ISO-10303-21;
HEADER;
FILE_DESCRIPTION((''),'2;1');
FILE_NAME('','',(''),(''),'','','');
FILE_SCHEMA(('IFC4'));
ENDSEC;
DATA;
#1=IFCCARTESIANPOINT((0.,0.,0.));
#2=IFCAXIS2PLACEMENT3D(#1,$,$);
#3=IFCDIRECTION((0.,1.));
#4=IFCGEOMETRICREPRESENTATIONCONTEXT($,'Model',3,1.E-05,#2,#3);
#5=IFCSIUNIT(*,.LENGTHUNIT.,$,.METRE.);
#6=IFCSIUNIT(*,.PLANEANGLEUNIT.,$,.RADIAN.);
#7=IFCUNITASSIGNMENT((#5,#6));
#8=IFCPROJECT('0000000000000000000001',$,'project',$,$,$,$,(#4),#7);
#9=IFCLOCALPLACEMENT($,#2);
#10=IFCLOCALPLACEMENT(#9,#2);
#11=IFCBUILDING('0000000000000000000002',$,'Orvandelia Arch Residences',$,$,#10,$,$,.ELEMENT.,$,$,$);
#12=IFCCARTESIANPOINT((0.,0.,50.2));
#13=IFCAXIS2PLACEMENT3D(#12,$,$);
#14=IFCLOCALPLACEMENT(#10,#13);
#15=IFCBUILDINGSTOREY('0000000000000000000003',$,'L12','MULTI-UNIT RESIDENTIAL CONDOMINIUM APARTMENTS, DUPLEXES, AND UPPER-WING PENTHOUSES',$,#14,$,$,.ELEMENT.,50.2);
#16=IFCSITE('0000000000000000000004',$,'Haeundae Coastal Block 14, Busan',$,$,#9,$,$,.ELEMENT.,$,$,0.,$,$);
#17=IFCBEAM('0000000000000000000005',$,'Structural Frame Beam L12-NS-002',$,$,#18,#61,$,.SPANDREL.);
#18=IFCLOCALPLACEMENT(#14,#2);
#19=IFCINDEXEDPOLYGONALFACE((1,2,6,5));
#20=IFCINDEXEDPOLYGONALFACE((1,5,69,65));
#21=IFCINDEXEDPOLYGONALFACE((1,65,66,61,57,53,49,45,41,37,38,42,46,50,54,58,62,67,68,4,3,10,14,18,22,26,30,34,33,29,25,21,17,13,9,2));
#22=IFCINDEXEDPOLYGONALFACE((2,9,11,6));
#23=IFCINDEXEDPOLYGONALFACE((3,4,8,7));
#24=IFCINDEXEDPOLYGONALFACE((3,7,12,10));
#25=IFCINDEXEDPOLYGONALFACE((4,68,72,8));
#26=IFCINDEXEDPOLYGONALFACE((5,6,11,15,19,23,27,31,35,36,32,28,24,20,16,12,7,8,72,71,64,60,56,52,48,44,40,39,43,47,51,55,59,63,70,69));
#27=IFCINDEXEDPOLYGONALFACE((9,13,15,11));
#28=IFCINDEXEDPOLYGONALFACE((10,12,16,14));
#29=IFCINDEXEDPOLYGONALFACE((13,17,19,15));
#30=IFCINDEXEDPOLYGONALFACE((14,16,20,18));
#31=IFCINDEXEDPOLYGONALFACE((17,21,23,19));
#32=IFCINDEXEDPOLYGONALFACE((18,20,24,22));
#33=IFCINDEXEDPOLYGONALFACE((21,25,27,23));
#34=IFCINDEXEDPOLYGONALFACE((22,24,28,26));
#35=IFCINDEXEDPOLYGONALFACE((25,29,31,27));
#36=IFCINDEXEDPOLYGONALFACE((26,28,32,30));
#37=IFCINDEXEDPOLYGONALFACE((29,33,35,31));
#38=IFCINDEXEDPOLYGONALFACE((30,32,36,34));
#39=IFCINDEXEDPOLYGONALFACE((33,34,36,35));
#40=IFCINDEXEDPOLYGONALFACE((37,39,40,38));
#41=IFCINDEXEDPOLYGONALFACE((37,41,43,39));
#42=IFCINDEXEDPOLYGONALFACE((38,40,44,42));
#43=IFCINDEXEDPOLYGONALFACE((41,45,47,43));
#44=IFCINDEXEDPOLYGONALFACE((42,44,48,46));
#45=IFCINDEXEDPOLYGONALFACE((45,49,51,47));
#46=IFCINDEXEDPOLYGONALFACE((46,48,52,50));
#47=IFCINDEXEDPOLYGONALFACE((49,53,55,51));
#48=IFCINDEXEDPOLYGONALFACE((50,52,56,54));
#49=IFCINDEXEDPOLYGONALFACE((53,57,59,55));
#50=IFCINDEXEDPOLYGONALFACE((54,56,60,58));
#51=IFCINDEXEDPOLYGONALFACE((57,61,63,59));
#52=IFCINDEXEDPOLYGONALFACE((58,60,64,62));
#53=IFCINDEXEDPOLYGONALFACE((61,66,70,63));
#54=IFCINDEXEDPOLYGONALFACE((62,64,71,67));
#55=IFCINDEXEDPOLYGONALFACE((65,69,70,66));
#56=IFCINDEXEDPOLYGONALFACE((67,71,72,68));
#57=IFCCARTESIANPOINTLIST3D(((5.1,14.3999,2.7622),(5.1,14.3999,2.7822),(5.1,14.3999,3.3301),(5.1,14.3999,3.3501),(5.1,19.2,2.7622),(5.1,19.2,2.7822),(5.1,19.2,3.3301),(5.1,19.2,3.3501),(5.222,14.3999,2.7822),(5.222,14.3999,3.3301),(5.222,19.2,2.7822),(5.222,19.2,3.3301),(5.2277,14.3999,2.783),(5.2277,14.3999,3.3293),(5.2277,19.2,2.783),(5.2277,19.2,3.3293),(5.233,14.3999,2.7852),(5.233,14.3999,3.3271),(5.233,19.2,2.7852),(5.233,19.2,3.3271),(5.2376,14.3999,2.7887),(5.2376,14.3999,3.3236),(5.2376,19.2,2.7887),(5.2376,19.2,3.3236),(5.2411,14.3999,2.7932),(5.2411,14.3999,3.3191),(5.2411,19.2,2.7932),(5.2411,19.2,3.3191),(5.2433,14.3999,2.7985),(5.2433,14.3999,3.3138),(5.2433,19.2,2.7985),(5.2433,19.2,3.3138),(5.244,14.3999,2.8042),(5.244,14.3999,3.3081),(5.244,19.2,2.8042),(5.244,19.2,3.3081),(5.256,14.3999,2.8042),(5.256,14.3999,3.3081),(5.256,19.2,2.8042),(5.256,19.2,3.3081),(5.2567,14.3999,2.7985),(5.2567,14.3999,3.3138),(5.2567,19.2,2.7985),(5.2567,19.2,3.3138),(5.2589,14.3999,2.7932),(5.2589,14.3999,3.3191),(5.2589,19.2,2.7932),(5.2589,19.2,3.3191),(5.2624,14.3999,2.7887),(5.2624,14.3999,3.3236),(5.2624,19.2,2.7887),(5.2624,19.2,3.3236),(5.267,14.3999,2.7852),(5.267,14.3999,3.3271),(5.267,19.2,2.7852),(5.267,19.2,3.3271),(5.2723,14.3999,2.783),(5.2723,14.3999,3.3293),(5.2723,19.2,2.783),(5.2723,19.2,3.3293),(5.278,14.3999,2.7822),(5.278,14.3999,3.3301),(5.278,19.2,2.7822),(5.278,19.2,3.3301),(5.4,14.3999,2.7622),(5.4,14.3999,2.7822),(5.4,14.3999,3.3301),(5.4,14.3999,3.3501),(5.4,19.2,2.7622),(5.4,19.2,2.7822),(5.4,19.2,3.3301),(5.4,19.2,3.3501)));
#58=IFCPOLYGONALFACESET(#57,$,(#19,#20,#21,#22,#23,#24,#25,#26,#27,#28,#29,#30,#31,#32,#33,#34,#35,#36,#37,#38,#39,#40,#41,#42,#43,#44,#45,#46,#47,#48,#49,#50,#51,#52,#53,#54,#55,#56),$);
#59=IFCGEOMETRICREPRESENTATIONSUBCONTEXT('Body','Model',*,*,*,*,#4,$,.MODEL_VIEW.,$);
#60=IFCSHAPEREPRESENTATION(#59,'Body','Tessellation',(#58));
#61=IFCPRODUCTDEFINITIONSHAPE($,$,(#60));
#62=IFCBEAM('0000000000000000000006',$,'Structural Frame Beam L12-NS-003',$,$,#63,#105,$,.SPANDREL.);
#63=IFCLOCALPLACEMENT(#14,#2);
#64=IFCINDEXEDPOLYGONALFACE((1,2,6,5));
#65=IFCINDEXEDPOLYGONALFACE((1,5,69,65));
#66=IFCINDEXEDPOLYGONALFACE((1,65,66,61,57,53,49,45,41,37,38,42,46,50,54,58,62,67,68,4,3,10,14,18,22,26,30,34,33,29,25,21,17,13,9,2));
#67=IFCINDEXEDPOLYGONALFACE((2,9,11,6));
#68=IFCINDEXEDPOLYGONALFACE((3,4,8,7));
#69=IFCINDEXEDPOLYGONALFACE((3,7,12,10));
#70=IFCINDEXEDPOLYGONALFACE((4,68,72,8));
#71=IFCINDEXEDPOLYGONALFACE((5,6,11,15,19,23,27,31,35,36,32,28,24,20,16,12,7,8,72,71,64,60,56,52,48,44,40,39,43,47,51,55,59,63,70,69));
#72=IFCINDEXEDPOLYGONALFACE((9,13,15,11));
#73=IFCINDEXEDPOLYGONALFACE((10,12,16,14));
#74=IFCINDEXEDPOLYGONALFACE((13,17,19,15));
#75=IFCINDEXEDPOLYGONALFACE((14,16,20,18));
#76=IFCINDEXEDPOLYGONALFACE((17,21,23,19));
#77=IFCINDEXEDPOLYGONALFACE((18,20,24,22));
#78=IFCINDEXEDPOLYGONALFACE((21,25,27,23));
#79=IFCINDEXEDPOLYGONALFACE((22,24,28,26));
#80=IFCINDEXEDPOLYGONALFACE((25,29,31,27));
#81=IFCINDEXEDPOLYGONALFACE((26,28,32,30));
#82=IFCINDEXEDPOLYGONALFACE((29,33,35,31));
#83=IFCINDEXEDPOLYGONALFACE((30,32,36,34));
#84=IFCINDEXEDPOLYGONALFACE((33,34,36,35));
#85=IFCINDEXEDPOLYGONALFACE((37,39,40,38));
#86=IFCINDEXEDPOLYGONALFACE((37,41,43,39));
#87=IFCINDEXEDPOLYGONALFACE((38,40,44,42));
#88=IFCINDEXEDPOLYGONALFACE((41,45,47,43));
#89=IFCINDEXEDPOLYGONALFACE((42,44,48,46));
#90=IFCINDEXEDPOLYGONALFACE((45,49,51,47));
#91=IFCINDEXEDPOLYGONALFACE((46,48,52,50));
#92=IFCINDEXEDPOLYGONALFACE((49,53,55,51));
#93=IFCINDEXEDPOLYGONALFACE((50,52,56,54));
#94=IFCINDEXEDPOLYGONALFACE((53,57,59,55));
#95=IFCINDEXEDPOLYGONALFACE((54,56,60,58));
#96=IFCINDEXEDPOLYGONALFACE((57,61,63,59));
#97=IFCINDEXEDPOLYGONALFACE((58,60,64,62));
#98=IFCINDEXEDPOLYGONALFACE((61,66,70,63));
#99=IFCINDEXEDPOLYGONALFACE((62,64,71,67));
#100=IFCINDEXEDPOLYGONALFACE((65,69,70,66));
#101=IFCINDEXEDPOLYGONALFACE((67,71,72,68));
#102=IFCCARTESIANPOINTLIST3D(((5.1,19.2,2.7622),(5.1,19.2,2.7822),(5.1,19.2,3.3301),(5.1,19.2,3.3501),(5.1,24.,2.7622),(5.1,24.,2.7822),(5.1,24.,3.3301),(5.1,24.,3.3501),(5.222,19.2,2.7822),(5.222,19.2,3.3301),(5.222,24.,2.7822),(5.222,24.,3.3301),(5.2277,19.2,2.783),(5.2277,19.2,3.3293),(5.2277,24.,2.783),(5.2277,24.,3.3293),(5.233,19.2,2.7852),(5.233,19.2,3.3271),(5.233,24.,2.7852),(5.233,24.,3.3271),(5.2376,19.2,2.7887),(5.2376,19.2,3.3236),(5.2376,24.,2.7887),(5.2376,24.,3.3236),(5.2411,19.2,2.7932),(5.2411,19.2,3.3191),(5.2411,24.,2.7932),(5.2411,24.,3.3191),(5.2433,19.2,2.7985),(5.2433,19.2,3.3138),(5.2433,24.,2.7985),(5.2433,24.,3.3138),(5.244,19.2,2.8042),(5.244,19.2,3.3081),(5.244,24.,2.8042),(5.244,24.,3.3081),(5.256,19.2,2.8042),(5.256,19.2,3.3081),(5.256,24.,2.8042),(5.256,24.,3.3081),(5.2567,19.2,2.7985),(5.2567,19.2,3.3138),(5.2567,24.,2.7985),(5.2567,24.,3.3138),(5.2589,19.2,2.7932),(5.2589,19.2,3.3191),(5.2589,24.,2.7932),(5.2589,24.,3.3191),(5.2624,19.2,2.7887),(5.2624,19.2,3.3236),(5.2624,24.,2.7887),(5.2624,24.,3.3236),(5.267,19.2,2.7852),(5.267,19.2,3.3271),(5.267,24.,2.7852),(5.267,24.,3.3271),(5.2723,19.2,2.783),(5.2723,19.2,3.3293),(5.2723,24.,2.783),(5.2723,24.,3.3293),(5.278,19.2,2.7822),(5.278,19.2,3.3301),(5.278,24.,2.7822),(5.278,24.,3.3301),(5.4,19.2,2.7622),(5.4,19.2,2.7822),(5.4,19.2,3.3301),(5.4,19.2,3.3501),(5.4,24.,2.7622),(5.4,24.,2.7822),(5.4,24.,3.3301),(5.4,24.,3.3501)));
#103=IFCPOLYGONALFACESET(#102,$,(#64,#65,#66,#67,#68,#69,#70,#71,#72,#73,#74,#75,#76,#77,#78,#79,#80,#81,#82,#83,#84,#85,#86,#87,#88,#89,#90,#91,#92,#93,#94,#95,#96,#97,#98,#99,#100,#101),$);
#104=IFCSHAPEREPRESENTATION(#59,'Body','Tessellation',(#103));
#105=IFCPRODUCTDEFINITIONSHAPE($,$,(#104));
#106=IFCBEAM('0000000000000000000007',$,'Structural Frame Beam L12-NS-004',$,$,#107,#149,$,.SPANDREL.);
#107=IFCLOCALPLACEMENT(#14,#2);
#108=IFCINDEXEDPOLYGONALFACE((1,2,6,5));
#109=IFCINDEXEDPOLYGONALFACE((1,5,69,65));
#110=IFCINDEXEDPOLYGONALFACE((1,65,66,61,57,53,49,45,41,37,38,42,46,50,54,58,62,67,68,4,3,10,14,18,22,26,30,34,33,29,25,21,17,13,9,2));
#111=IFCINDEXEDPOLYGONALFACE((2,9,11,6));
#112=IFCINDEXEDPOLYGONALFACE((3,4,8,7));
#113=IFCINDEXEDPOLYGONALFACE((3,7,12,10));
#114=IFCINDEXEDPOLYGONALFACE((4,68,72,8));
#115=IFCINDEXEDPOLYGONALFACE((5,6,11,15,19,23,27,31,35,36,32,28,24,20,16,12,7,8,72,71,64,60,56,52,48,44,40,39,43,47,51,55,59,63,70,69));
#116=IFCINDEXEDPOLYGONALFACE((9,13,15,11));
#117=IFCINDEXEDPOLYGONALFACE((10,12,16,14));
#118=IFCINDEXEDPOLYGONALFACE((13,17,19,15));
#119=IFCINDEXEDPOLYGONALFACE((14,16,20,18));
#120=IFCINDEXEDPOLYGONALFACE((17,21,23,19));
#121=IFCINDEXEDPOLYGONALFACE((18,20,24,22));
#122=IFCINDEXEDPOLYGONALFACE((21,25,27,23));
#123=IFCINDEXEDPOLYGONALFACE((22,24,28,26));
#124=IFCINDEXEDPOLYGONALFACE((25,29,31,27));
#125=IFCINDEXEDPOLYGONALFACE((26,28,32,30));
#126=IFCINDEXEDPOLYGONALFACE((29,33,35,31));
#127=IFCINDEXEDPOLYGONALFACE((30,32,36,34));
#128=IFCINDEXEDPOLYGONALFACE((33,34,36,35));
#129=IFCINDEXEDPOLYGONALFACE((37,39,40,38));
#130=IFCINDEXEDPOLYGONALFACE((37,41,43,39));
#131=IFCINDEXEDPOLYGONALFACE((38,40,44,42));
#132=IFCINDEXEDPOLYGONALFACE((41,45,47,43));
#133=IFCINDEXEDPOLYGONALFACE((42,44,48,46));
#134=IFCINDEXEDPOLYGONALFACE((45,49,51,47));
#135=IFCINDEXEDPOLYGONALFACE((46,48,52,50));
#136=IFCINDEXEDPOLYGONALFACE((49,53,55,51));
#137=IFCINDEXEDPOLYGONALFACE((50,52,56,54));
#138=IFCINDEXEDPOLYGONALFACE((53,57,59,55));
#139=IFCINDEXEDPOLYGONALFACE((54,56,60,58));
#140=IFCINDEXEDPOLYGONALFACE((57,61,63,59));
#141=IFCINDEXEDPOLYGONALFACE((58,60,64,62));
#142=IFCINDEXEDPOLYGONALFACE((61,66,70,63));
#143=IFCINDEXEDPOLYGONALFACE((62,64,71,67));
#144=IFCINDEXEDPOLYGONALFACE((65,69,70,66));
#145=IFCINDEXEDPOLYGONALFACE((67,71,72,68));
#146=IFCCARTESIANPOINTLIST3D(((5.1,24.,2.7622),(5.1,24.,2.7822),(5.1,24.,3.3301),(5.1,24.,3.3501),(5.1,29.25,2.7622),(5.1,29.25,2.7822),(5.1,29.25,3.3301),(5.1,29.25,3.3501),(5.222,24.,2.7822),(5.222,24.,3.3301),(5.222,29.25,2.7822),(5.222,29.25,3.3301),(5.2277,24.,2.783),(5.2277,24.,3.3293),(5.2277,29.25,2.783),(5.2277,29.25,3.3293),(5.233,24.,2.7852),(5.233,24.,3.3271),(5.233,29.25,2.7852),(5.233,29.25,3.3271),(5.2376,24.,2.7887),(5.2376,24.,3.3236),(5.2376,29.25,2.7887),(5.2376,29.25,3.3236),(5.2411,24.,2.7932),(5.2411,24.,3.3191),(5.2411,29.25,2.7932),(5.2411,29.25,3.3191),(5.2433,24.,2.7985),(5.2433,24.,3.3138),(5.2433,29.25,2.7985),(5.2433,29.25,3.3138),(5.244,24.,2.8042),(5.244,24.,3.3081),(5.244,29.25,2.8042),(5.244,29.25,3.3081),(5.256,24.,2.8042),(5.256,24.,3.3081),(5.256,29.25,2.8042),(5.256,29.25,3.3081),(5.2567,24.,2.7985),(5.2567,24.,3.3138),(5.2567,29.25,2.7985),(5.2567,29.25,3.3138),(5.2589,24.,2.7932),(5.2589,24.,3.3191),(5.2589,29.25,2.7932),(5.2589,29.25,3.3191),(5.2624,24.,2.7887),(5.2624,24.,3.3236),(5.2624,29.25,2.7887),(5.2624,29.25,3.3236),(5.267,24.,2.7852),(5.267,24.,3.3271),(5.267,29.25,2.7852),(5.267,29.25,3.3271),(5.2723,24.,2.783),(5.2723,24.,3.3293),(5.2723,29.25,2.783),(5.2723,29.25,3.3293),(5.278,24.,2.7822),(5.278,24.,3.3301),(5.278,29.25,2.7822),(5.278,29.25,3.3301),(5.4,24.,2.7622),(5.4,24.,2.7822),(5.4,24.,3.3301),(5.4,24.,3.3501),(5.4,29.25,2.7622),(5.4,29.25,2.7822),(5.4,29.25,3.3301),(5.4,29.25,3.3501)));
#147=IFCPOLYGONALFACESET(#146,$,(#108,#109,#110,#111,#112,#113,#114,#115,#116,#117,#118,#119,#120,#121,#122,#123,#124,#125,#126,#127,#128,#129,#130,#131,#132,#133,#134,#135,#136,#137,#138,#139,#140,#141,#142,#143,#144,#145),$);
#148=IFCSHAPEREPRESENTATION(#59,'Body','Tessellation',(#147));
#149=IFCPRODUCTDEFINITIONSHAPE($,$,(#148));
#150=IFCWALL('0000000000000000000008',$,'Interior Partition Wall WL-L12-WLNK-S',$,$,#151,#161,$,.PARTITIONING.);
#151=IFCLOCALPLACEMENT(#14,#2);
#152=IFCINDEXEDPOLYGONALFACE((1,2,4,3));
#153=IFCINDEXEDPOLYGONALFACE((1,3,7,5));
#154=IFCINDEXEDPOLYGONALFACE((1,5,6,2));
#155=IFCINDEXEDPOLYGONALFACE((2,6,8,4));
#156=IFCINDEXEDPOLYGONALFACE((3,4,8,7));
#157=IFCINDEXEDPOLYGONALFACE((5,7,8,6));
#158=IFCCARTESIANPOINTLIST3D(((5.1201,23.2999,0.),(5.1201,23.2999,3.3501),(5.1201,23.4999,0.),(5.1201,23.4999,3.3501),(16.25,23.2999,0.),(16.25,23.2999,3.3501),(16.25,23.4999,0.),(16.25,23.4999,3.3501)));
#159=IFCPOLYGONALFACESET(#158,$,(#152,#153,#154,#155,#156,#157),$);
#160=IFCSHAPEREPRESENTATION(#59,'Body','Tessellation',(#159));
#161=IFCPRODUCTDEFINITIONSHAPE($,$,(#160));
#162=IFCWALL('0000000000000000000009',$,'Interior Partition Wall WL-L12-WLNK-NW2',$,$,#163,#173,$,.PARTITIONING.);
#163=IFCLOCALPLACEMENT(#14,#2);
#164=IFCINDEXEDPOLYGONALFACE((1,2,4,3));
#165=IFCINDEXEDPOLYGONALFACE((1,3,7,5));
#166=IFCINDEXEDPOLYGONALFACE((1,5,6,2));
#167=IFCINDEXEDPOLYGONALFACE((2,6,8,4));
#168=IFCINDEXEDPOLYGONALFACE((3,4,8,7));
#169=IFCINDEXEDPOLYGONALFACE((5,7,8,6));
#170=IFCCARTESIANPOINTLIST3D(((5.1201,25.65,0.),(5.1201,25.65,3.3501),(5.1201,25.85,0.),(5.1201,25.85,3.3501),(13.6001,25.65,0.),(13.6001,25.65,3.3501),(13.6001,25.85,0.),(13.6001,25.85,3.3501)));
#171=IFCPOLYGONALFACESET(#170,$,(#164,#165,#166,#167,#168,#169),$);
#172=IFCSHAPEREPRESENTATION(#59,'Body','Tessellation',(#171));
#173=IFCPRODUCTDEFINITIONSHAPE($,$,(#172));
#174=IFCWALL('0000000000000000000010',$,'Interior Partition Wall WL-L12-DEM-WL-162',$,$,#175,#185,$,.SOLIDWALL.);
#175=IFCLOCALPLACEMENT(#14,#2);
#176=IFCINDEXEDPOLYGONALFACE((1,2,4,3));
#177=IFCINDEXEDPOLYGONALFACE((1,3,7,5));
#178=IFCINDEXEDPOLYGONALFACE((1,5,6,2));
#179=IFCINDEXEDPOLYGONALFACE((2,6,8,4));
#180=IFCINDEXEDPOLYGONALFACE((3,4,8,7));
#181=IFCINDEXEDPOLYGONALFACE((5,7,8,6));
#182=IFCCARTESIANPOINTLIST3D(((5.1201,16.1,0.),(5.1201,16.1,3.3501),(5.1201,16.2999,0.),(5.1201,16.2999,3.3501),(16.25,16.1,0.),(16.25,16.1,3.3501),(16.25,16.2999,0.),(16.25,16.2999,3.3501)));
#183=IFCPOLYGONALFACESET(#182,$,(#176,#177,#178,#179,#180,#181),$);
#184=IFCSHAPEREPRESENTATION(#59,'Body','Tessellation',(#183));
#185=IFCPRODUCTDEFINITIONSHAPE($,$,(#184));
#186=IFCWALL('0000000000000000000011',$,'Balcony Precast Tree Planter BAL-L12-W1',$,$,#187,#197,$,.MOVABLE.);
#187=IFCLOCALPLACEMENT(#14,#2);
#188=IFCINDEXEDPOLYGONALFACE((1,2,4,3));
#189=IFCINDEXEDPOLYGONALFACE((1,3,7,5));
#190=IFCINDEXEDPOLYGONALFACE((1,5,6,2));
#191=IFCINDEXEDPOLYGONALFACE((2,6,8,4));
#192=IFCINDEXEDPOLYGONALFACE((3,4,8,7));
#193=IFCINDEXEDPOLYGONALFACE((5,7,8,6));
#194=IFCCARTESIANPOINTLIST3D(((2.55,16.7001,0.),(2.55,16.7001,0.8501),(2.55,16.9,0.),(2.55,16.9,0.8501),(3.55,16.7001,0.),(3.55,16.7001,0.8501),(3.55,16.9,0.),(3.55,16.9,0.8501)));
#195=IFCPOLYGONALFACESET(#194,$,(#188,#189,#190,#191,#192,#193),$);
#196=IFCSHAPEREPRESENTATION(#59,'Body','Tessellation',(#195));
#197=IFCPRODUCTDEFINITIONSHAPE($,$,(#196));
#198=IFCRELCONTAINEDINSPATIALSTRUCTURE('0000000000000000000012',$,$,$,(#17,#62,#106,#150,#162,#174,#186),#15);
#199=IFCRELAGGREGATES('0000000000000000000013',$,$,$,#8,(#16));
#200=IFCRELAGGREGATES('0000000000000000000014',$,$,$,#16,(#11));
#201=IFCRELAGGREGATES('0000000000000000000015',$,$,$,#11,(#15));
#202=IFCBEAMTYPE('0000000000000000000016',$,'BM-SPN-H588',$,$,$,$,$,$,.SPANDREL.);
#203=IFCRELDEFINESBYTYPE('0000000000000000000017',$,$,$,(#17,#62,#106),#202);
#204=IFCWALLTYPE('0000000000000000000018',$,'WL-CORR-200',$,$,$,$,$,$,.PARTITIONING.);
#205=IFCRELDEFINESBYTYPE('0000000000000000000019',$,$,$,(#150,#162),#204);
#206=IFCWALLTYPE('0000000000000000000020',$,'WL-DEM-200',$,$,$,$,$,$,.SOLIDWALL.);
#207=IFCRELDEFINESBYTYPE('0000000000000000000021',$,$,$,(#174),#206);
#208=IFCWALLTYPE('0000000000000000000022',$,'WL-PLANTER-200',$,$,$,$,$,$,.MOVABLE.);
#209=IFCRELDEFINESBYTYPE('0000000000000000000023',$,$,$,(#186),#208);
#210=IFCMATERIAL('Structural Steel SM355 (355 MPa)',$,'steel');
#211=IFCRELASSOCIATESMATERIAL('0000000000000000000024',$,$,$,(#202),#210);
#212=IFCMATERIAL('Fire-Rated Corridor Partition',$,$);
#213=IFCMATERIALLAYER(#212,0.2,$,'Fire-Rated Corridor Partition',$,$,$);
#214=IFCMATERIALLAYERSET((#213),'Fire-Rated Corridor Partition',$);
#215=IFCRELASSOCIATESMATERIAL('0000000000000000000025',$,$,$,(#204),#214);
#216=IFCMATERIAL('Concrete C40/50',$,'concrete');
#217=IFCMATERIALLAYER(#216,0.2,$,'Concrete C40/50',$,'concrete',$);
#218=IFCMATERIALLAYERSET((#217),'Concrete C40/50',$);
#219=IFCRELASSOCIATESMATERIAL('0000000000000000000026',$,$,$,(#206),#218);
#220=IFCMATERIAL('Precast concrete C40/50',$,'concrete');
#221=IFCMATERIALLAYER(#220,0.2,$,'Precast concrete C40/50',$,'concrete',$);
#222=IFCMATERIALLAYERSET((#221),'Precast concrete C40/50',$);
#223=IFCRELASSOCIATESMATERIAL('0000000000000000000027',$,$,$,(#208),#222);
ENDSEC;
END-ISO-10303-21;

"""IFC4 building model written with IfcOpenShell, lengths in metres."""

from ifc_helpers import new_model, si_unit, direction, frame, frame_2d, origin, origin_2d, place, context, subcontext, project, spatial, rectangle, i_section, extrude, material, layer, layer_set, material_profile, profile_set, type_object, element, save


model = new_model("IFC4")

# Units and contexts
model_context = context("Model", 3, precision=1e-05, world=origin(), true_north=direction((0.0, 1.0)))
body_context = subcontext(model_context, "Body", "Model", "MODEL_VIEW")
ifc_project = project(units=[si_unit("LENGTHUNIT", "METRE"), si_unit("PLANEANGLEUNIT", "RADIAN")], contexts=[model_context])

# Site, building, storey
site_placement = place(None, origin())
site = spatial("IfcSite", under=ifc_project, at=site_placement, Name="Haeundae Coastal Block 14, Busan", CompositionType="ELEMENT", RefElevation=0.0)
building_placement = place(site_placement, origin())
building = spatial("IfcBuilding", under=site, at=building_placement, Name="Orvandelia Arch Residences", CompositionType="ELEMENT")
storey_placement = place(building_placement, frame((0.0, 0.0, 50.2)))
storey = spatial("IfcBuildingStorey", under=building, at=storey_placement, Name="L12", Description="MULTI-UNIT RESIDENTIAL CONDOMINIUM APARTMENTS, DUPLEXES, AND UPPER-WING PENTHOUSES", CompositionType="ELEMENT", Elevation=50.2)

# Beams
ifc_material_1 = material(Name="Structural Steel SM355 (355 MPa)", Category="steel")
ifc_material_profile_1 = material_profile(ifc_material_1, i_section(OverallWidth=0.3, OverallDepth=0.5879, WebThickness=0.012, FlangeThickness=0.02, FilletRadius=0.022, at=origin_2d()), Name="Structural Steel SM355 (355 MPa)", Category="steel")
ifc_profile_set_1 = profile_set([ifc_material_profile_1], Name="Structural Steel SM355 (355 MPa)")
beam_type_1 = type_object("IfcBeamType", Name="BM-SPN-H588", PredefinedType="SPANDREL", material=ifc_profile_set_1)
for number, where, z_axis, x_axis, name in (
    (1, (5.25, 14.3999, 3.0562), (0.0, 1.0, 0.0), (-1.0, 0.0, 0.0), "Structural Frame Beam L12-NS-002"),
    (2, (5.25, 19.2, 3.0562), (0.0, 1.0, 0.0), (-1.0, 0.0, 0.0), "Structural Frame Beam L12-NS-003"),
):
    element("IfcBeam", number, at=place(storey_placement, frame(where, z_axis=z_axis, x_axis=x_axis)), inside=storey, type_object=beam_type_1, Name=name, PredefinedType="SPANDREL", context=body_context, shape_type="SweptSolid", body=[
        extrude(i_section(OverallWidth=0.3, OverallDepth=0.5879, WebThickness=0.012, FlangeThickness=0.02, FilletRadius=0.022, at=origin_2d()), origin(), (0.0, 0.0, 1.0), 4.8),
    ])
beam_placement = place(storey_placement, frame((5.25, 24.0, 3.0562), z_axis=(0.0, 1.0, 0.0), x_axis=(-1.0, 0.0, 0.0)))
element("IfcBeam", 3, at=beam_placement, inside=storey, type_object=beam_type_1, Name="Structural Frame Beam L12-NS-004", PredefinedType="SPANDREL", context=body_context, shape_type="SweptSolid", body=[
    extrude(i_section(OverallWidth=0.3, OverallDepth=0.5879, WebThickness=0.012, FlangeThickness=0.02, FilletRadius=0.022, at=origin_2d()), origin(), (0.0, 0.0, 1.0), 5.25),
])

# Walls
ifc_material_2 = material(Name="Fire-Rated Corridor Partition")
ifc_layer_1 = layer(ifc_material_2, 0.2, Name="Fire-Rated Corridor Partition")
ifc_layer_set_1 = layer_set([ifc_layer_1], Name="Fire-Rated Corridor Partition")
wall_type_1 = type_object("IfcWallType", Name="WL-CORR-200", PredefinedType="PARTITIONING", material=ifc_layer_set_1)
wall_1_placement = place(storey_placement, frame((5.1201, 23.3999, 0.0), z_axis=(0.0, 0.0, 1.0), x_axis=(1.0, 0.0, 0.0)))
element("IfcWall", 4, at=wall_1_placement, inside=storey, type_object=wall_type_1, Name="Interior Partition Wall WL-L12-WLNK-S", PredefinedType="PARTITIONING", context=body_context, shape_type="SweptSolid", body=[
    extrude(rectangle(XDim=11.1299, YDim=0.2, at=frame_2d((5.5649, 0.0))), origin(), (0.0, 0.0, 1.0), 3.3501),
])
wall_2_placement = place(storey_placement, frame((5.1201, 25.75, 0.0), z_axis=(0.0, 0.0, 1.0), x_axis=(1.0, 0.0, 0.0)))
element("IfcWall", 5, at=wall_2_placement, inside=storey, type_object=wall_type_1, Name="Interior Partition Wall WL-L12-WLNK-NW2", PredefinedType="PARTITIONING", context=body_context, shape_type="SweptSolid", body=[
    extrude(rectangle(XDim=8.48, YDim=0.2, at=frame_2d((4.24, 0.0))), origin(), (0.0, 0.0, 1.0), 3.3501),
])
ifc_material_3 = material(Name="Concrete C40/50", Category="concrete")
ifc_layer_2 = layer(ifc_material_3, 0.2, Name="Concrete C40/50", Category="concrete")
ifc_layer_set_2 = layer_set([ifc_layer_2], Name="Concrete C40/50")
wall_type_2 = type_object("IfcWallType", Name="WL-DEM-200", PredefinedType="SOLIDWALL", material=ifc_layer_set_2)
wall_3_placement = place(storey_placement, frame((5.1201, 16.2, 0.0), z_axis=(0.0, 0.0, 1.0), x_axis=(1.0, 0.0, 0.0)))
element("IfcWall", 6, at=wall_3_placement, inside=storey, type_object=wall_type_2, Name="Interior Partition Wall WL-L12-DEM-WL-162", PredefinedType="SOLIDWALL", context=body_context, shape_type="SweptSolid", body=[
    extrude(rectangle(XDim=11.1299, YDim=0.2, at=frame_2d((5.5649, 0.0))), origin(), (0.0, 0.0, 1.0), 3.3501),
])
ifc_material_4 = material(Name="Precast concrete C40/50", Category="concrete")
ifc_layer_3 = layer(ifc_material_4, 0.2, Name="Precast concrete C40/50", Category="concrete")
ifc_layer_set_3 = layer_set([ifc_layer_3], Name="Precast concrete C40/50")
wall_type_3 = type_object("IfcWallType", Name="WL-PLANTER-200", PredefinedType="MOVABLE", material=ifc_layer_set_3)
wall_4_placement = place(storey_placement, frame((2.55, 16.8, 0.0), z_axis=(0.0, 0.0, 1.0), x_axis=(1.0, 0.0, 0.0)))
element("IfcWall", 7, at=wall_4_placement, inside=storey, type_object=wall_type_3, Name="Balcony Precast Tree Planter BAL-L12-W1", PredefinedType="MOVABLE", context=body_context, shape_type="SweptSolid", body=[
    extrude(rectangle(XDim=1.0, YDim=0.2, at=frame_2d((0.5, 0.0))), origin(), (0.0, 0.0, 1.0), 0.8501),
])

save(model, "model.ifc")
